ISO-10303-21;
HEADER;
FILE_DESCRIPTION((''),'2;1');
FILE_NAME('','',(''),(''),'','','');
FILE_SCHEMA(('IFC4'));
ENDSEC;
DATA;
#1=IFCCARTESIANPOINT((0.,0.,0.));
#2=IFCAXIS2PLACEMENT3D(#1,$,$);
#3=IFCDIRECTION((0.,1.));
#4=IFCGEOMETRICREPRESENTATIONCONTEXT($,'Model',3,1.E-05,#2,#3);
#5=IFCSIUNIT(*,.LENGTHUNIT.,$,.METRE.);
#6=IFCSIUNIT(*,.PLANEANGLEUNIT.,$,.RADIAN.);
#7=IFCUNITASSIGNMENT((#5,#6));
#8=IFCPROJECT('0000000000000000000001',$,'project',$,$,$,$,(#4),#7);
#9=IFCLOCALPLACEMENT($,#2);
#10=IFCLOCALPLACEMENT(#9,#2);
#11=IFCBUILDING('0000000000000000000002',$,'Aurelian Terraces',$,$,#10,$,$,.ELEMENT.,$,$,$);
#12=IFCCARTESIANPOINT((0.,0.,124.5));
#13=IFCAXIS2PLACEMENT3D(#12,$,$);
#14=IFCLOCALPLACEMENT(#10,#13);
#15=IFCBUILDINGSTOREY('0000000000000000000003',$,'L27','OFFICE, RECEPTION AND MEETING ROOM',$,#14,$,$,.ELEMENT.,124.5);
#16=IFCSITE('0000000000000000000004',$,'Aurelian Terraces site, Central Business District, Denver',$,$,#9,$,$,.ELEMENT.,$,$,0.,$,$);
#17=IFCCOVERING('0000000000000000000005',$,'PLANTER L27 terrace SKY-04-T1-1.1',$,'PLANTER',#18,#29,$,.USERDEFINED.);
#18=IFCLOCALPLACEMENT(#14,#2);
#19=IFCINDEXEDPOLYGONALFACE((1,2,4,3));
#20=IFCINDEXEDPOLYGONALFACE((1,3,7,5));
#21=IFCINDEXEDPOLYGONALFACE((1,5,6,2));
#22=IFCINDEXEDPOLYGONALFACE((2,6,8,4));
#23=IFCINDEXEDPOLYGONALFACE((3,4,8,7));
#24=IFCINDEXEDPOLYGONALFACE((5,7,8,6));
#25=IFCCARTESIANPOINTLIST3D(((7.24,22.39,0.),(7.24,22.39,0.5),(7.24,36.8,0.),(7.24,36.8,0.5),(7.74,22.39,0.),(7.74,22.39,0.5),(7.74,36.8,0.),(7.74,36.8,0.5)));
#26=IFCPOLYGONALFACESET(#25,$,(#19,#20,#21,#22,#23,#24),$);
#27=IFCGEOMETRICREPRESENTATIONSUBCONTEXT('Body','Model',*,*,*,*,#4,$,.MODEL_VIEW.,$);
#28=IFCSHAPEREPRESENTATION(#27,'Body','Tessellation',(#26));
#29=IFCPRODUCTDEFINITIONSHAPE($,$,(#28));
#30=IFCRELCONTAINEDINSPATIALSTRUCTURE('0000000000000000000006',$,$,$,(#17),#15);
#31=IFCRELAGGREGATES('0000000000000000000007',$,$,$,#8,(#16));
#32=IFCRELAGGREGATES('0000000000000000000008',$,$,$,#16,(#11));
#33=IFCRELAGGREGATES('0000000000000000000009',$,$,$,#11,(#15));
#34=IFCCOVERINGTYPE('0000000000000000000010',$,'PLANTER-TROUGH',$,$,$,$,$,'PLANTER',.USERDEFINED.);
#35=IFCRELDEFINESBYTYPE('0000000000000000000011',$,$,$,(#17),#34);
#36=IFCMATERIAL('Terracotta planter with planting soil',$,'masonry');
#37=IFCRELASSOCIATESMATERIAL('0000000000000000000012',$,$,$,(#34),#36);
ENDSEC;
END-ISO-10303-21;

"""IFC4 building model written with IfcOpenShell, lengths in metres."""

from ifc_helpers import new_model, si_unit, direction, frame, origin, origin_2d, place, context, subcontext, project, spatial, rectangle, extrude, material, type_object, element, save


model = new_model("IFC4")

# Units and contexts
model_context = context("Model", 3, precision=1e-05, world=origin(), true_north=direction((0.0, 1.0)))
body_context = subcontext(model_context, "Body", "Model", "MODEL_VIEW")
ifc_project = project(units=[si_unit("LENGTHUNIT", "METRE"), si_unit("PLANEANGLEUNIT", "RADIAN")], contexts=[model_context])

# Site, building, storey
site_placement = place(None, origin())
site = spatial("IfcSite", under=ifc_project, at=site_placement, Name="Aurelian Terraces site, Central Business District, Denver", CompositionType="ELEMENT", RefElevation=0.0)
building_placement = place(site_placement, origin())
building = spatial("IfcBuilding", under=site, at=building_placement, Name="Aurelian Terraces", CompositionType="ELEMENT")
storey_placement = place(building_placement, frame((0.0, 0.0, 124.5)))
storey = spatial("IfcBuildingStorey", under=building, at=storey_placement, Name="L27", Description="OFFICE, RECEPTION AND MEETING ROOM", CompositionType="ELEMENT", Elevation=124.5)

# Covering
ifc_material_1 = material(Name="Terracotta planter with planting soil", Category="masonry")
covering_type = type_object("IfcCoveringType", Name="PLANTER-TROUGH", ElementType="PLANTER", PredefinedType="USERDEFINED", material=ifc_material_1)
covering_placement = place(storey_placement, frame((7.49, 29.595, 0.0), z_axis=(0.0, 0.0, 1.0), x_axis=(1.0, 0.0, 0.0)))
element("IfcCovering", 1, at=covering_placement, inside=storey, type_object=covering_type, Name="PLANTER L27 terrace SKY-04-T1-1.1", ObjectType="PLANTER", PredefinedType="USERDEFINED", context=body_context, shape_type="SweptSolid", body=[
    extrude(rectangle(XDim=0.5, YDim=14.41, at=origin_2d()), origin(), (0.0, 0.0, 1.0), 0.5),
])

save(model, "model.ifc")
